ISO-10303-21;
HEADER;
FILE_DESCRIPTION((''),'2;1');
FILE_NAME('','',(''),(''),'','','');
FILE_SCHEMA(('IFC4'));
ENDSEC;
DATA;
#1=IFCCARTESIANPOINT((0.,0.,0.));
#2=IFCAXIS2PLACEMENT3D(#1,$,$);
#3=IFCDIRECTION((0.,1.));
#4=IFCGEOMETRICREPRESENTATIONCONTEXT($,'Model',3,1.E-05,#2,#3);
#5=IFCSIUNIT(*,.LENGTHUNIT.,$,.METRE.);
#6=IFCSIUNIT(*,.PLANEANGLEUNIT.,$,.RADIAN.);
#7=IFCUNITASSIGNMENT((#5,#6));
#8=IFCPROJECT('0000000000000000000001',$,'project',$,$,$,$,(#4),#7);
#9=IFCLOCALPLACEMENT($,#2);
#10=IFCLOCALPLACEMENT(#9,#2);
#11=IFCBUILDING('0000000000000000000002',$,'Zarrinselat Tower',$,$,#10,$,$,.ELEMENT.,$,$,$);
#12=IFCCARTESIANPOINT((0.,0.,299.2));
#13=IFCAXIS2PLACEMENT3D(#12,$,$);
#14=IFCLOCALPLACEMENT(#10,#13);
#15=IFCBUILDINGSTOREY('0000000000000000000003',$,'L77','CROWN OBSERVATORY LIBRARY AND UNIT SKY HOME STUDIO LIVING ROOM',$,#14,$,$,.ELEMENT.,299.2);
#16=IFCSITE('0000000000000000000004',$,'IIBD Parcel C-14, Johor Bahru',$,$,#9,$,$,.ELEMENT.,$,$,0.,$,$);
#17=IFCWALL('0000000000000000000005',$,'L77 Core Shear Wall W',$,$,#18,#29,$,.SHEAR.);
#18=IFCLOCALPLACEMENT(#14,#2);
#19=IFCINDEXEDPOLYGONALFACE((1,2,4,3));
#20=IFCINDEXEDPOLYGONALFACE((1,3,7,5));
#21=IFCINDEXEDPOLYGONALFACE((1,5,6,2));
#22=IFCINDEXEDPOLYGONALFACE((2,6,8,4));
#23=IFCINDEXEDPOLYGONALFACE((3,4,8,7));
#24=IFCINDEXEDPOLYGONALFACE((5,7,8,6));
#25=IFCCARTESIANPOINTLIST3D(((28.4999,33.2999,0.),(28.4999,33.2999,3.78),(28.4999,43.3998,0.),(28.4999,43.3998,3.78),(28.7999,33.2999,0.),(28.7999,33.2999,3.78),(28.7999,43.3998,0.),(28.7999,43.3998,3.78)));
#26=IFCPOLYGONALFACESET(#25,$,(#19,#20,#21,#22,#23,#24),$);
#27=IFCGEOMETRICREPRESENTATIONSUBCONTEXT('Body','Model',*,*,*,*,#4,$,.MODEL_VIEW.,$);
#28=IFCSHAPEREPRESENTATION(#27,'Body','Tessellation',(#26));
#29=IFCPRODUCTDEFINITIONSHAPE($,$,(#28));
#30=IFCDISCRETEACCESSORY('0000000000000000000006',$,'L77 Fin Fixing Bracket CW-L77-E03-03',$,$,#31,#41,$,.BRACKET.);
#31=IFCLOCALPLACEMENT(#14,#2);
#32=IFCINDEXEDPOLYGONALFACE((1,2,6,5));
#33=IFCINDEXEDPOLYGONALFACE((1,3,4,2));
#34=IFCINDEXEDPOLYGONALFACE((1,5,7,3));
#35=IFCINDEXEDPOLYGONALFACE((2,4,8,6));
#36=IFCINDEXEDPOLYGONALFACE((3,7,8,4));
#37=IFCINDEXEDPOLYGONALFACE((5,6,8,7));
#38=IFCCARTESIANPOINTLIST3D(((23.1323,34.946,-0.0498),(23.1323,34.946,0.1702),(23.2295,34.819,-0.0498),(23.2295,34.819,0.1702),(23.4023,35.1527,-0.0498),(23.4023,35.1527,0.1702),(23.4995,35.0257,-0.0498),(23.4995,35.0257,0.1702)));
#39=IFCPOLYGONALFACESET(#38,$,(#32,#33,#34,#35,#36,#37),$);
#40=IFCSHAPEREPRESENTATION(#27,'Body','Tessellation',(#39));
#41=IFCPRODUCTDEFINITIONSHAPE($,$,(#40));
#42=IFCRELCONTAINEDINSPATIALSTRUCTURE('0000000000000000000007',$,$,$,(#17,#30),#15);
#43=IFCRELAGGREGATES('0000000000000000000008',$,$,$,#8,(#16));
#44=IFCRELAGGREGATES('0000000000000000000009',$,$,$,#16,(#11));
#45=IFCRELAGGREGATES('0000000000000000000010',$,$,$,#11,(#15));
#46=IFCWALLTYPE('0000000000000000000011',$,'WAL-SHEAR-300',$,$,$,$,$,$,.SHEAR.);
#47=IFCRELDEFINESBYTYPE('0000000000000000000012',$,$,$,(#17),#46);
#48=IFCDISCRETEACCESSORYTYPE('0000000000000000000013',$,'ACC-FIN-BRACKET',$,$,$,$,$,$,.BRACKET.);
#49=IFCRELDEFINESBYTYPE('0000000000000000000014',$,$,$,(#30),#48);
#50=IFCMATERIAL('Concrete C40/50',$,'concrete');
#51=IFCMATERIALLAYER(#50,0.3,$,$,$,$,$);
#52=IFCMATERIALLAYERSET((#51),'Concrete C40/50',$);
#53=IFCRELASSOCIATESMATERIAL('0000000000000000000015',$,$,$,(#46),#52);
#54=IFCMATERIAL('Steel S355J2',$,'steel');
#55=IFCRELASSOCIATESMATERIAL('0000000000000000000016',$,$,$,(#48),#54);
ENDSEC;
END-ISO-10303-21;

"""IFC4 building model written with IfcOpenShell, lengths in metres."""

from ifc_helpers import new_model, si_unit, direction, frame, frame_2d, origin, origin_2d, place, context, subcontext, project, spatial, rectangle, extrude, material, layer, layer_set, type_object, element, save


model = new_model("IFC4")

# Units and contexts
model_context = context("Model", 3, precision=1e-05, world=origin(), true_north=direction((0.0, 1.0)))
body_context = subcontext(model_context, "Body", "Model", "MODEL_VIEW")
ifc_project = project(units=[si_unit("LENGTHUNIT", "METRE"), si_unit("PLANEANGLEUNIT", "RADIAN")], contexts=[model_context])

# Site, building, storey
site_placement = place(None, origin())
site = spatial("IfcSite", under=ifc_project, at=site_placement, Name="IIBD Parcel C-14, Johor Bahru", CompositionType="ELEMENT", RefElevation=0.0)
building_placement = place(site_placement, origin())
building = spatial("IfcBuilding", under=site, at=building_placement, Name="Zarrinselat Tower", CompositionType="ELEMENT")
storey_placement = place(building_placement, frame((0.0, 0.0, 299.2)))
storey = spatial("IfcBuildingStorey", under=building, at=storey_placement, Name="L77", Description="CROWN OBSERVATORY LIBRARY AND UNIT SKY HOME STUDIO LIVING ROOM", CompositionType="ELEMENT", Elevation=299.2)

# Shared definitions
ifc_material_1 = material(Name="Concrete C40/50", Category="concrete")
ifc_layer_1 = layer(ifc_material_1, 0.3)
ifc_layer_set_1 = layer_set([ifc_layer_1], Name="Concrete C40/50")
wall_type_1 = type_object("IfcWallType", Name="WAL-SHEAR-300", PredefinedType="SHEAR", material=ifc_layer_set_1)

# Wall
wall_1_placement = place(storey_placement, frame((28.6499, 33.3, 0.0), z_axis=(0.0, 0.0, 1.0), x_axis=(0.0, 1.0, 0.0)))
element("IfcWall", 1, at=wall_1_placement, inside=storey, type_object=wall_type_1, Name="L77 Core Shear Wall W", PredefinedType="SHEAR", context=body_context, shape_type="SweptSolid", body=[
    extrude(rectangle(XDim=10.0999, YDim=0.3, at=frame_2d((5.0498, 0.0))), origin(), (0.0, 0.0, 1.0), 3.78),
])

# Discrete accessory
ifc_material_2 = material(Name="Steel S355J2", Category="steel")
discrete_accessory_type = type_object("IfcDiscreteAccessoryType", Name="ACC-FIN-BRACKET", PredefinedType="BRACKET", material=ifc_material_2)
discrete_accessory_placement = place(storey_placement, frame((23.3159, 34.9858, -0.0498), z_axis=(0.0, 0.0, 1.0), x_axis=(-0.794015, -0.607898, 0.0)))
element("IfcDiscreteAccessory", 2, at=discrete_accessory_placement, inside=storey, type_object=discrete_accessory_type, Name="L77 Fin Fixing Bracket CW-L77-E03-03", PredefinedType="BRACKET", context=body_context, shape_type="SweptSolid", body=[
    extrude(rectangle(XDim=0.3401, YDim=0.1599, at=origin_2d()), origin(), (0.0, 0.0, 1.0), 0.22),
])

save(model, "model.ifc")
